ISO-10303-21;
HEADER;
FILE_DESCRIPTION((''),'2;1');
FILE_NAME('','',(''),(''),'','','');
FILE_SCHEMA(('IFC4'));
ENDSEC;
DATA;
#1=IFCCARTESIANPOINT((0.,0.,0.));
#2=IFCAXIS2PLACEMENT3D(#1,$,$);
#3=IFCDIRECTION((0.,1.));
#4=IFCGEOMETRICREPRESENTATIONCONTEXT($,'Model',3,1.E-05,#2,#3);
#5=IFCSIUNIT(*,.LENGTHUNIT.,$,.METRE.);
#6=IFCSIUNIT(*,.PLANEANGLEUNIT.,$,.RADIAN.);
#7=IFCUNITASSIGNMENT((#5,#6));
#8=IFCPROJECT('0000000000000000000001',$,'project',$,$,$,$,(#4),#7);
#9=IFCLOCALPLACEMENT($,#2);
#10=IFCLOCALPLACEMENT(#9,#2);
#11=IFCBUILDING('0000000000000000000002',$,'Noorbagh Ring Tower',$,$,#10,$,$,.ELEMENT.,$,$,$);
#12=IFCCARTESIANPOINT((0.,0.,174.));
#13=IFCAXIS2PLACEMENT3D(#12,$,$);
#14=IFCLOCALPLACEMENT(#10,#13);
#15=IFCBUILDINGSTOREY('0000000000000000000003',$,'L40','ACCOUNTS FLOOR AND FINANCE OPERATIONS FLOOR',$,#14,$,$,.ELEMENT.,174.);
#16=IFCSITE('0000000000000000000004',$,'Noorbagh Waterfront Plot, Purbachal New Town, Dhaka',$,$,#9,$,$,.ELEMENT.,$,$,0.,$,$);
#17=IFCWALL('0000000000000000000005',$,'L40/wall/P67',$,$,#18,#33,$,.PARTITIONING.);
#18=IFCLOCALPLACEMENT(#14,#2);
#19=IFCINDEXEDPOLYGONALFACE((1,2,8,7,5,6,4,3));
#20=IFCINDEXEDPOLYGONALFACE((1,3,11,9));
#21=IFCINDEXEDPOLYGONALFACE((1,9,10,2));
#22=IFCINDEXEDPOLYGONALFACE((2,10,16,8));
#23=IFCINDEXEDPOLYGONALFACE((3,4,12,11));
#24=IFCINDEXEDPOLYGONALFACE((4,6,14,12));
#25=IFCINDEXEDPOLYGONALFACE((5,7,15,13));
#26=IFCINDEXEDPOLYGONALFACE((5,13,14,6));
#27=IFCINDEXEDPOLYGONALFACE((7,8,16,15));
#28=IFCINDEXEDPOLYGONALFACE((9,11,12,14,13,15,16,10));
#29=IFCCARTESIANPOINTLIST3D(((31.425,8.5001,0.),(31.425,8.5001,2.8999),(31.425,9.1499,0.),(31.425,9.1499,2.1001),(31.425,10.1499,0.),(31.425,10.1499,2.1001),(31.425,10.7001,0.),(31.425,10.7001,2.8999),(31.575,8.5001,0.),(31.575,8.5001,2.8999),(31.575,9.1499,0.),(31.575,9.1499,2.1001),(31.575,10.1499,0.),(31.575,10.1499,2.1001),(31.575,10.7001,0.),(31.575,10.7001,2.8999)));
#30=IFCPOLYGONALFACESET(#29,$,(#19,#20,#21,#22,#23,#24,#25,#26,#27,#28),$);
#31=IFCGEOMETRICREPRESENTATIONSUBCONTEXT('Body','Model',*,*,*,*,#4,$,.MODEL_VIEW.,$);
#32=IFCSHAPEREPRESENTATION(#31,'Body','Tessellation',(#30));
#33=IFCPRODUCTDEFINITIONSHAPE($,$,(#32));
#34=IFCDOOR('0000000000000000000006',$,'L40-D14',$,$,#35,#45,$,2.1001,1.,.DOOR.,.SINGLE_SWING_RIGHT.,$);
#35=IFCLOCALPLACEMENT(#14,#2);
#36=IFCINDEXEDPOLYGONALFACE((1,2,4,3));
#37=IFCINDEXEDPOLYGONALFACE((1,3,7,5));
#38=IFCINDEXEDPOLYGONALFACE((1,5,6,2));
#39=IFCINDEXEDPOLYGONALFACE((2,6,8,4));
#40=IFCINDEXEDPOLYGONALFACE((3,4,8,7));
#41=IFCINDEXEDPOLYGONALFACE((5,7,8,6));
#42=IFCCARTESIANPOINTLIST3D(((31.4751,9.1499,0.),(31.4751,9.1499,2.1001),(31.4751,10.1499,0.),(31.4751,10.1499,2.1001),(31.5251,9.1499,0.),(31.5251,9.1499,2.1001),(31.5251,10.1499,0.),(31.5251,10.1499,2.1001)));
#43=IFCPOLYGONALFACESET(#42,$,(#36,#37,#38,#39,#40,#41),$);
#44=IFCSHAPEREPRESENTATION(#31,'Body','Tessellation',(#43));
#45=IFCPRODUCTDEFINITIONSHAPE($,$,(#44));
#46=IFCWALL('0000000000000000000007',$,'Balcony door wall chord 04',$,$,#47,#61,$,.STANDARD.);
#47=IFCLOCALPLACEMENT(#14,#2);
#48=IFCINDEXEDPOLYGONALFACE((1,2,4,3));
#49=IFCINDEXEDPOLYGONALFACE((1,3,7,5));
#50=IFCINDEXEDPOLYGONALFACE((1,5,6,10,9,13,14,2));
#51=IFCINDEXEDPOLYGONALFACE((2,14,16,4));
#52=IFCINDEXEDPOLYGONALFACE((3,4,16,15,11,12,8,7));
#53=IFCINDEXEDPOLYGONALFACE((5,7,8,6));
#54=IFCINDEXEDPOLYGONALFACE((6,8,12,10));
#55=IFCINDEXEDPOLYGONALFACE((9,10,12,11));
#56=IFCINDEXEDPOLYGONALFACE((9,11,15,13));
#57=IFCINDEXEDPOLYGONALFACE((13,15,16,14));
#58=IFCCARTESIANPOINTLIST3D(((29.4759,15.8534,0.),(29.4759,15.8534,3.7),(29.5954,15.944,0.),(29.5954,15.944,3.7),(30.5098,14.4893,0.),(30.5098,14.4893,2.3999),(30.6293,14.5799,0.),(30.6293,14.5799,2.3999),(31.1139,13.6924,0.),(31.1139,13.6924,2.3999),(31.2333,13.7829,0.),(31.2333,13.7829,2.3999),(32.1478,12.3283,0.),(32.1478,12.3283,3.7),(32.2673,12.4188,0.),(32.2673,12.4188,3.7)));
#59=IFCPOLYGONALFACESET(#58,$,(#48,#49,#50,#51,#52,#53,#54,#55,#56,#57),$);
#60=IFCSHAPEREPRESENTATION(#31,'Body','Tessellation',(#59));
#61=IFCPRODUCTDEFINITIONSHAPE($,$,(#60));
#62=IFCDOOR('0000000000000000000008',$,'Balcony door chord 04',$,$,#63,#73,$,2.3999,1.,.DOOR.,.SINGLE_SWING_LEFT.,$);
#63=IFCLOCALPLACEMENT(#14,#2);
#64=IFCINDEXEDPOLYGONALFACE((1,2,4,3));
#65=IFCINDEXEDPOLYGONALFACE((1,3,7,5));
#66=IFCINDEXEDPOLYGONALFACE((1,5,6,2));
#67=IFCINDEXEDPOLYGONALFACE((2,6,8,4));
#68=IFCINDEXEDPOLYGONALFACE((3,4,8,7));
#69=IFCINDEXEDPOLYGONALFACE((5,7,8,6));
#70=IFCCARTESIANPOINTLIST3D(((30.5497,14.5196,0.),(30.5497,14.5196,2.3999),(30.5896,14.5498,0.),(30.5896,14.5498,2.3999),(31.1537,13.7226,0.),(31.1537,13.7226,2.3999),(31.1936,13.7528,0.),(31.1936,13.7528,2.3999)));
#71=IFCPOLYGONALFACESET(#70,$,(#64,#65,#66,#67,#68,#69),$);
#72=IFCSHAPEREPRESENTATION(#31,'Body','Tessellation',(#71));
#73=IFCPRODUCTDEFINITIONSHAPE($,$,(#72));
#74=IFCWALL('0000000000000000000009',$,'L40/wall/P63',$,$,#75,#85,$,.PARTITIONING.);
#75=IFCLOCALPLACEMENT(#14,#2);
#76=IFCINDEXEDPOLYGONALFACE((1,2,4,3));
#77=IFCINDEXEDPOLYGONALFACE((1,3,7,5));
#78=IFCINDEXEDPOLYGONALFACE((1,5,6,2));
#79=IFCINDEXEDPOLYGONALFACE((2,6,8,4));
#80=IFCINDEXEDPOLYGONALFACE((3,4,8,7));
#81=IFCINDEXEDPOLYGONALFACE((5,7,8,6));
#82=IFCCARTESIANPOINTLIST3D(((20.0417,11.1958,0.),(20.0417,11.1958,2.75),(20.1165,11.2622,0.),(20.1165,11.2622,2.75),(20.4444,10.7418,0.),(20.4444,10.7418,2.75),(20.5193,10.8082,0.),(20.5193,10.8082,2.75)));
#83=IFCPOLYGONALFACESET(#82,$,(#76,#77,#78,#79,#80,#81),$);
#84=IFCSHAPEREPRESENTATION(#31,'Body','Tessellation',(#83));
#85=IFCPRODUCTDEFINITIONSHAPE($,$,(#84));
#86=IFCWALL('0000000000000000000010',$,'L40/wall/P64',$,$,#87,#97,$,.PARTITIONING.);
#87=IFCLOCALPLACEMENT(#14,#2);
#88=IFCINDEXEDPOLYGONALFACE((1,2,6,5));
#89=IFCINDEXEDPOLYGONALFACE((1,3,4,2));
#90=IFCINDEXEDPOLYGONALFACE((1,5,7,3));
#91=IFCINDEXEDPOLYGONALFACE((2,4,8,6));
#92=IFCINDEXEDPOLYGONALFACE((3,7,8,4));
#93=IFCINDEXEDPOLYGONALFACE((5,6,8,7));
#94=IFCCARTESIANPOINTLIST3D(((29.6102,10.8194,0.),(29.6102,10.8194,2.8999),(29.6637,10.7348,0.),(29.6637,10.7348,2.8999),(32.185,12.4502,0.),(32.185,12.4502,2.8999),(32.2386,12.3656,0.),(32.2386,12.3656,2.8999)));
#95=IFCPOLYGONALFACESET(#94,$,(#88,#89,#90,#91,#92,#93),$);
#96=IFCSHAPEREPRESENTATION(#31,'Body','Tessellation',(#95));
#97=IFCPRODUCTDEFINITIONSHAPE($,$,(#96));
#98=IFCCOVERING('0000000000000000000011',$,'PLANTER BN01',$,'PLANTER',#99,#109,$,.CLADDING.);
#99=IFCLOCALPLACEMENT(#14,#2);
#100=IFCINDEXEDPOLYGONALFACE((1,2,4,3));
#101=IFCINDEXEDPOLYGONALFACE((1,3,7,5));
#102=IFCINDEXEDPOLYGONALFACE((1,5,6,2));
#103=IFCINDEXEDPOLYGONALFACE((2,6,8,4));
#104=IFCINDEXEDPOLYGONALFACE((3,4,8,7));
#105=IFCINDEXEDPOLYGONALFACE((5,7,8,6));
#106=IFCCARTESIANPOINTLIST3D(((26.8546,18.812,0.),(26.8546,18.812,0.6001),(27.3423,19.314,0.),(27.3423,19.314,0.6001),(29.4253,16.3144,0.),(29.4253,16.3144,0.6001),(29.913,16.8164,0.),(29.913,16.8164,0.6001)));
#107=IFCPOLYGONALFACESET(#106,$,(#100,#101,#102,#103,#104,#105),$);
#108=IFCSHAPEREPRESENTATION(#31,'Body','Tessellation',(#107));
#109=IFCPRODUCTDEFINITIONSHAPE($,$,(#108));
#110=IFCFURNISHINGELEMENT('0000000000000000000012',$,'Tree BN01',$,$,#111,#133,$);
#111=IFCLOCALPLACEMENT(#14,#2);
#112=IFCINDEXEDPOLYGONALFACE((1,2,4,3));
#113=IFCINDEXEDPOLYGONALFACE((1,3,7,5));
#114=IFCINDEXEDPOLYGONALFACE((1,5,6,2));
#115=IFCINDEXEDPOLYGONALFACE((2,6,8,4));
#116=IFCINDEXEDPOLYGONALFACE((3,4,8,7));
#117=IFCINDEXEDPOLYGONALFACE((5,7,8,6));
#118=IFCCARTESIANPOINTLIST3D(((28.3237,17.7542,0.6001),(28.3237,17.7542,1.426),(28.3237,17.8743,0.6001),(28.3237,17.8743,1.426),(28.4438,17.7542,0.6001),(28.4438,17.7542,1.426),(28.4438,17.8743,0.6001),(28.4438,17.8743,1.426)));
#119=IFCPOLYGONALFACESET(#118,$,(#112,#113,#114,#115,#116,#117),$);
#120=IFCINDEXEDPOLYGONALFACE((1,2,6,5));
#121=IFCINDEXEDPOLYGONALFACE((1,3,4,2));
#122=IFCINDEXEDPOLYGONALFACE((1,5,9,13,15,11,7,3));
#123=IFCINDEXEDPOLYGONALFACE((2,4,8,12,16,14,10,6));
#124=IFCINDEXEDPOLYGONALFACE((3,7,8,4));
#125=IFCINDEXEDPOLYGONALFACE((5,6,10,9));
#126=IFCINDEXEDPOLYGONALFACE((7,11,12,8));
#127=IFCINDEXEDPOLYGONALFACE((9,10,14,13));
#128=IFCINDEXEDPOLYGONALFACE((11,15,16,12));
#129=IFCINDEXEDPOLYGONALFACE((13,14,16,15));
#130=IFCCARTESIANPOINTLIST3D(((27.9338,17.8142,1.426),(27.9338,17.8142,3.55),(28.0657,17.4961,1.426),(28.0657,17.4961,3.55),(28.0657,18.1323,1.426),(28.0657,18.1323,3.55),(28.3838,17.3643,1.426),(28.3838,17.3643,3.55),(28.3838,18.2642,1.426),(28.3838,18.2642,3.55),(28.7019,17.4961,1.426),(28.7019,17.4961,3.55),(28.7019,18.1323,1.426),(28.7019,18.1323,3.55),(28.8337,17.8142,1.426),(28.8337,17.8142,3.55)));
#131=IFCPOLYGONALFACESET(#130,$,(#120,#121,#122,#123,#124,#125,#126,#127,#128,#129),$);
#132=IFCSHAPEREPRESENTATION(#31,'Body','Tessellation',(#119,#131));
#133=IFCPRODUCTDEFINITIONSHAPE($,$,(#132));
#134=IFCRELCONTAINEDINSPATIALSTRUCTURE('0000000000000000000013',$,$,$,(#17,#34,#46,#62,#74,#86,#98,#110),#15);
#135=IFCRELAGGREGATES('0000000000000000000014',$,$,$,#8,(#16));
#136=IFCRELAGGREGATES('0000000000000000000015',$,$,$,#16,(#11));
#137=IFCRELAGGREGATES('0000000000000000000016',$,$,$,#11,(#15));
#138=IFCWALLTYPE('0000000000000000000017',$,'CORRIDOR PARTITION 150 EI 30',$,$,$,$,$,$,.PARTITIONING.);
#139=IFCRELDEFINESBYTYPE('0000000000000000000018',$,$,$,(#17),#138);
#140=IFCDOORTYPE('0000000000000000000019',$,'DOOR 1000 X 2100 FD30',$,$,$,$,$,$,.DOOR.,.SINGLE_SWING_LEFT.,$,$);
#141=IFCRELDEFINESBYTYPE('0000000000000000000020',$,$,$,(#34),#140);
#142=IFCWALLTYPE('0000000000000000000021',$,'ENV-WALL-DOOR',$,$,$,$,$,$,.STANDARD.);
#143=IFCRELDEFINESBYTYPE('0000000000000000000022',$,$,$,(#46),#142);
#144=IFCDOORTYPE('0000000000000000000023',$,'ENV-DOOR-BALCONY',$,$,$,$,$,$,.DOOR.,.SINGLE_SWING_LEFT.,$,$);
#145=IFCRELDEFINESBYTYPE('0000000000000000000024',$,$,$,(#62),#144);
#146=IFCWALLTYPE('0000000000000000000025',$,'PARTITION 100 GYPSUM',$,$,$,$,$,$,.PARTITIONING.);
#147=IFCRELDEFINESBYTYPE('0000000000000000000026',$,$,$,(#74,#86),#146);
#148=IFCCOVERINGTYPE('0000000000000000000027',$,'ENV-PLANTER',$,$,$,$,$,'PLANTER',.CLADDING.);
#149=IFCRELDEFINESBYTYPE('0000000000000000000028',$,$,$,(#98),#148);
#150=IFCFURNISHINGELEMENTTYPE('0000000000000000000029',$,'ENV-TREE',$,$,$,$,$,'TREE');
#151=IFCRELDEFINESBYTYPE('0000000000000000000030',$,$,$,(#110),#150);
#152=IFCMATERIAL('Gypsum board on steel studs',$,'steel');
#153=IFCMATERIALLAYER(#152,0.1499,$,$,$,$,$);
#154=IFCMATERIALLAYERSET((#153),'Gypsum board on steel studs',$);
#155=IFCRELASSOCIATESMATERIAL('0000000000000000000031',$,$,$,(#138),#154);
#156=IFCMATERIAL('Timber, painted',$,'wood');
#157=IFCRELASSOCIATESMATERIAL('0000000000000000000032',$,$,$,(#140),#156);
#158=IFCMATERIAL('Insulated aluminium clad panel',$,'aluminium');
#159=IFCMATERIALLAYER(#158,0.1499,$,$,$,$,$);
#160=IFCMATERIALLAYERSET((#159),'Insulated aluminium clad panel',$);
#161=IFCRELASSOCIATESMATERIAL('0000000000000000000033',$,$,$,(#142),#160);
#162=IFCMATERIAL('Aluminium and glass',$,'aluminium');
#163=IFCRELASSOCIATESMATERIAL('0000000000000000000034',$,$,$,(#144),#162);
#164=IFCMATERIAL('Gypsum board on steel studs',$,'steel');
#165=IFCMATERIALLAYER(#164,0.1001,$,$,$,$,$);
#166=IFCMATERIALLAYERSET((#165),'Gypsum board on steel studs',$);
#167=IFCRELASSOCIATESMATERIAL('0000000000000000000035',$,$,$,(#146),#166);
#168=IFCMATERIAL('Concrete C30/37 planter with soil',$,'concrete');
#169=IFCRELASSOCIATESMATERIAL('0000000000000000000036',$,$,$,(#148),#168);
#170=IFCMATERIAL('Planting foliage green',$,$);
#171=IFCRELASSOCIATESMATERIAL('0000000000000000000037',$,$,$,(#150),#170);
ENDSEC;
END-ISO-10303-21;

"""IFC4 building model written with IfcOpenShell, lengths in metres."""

from ifc_helpers import new_model, si_unit, direction, frame, frame_2d, origin, origin_2d, place, context, subcontext, project, spatial, polyline, rectangle, outline, extrude, material, layer, layer_set, type_object, element, fill, save


model = new_model("IFC4")

# Units and contexts
model_context = context("Model", 3, precision=1e-05, world=origin(), true_north=direction((0.0, 1.0)))
body_context = subcontext(model_context, "Body", "Model", "MODEL_VIEW")
ifc_project = project(units=[si_unit("LENGTHUNIT", "METRE"), si_unit("PLANEANGLEUNIT", "RADIAN")], contexts=[model_context])

# Site, building, storey
site_placement = place(None, origin())
site = spatial("IfcSite", under=ifc_project, at=site_placement, Name="Noorbagh Waterfront Plot, Purbachal New Town, Dhaka", CompositionType="ELEMENT", RefElevation=0.0)
building_placement = place(site_placement, origin())
building = spatial("IfcBuilding", under=site, at=building_placement, Name="Noorbagh Ring Tower", CompositionType="ELEMENT")
storey_placement = place(building_placement, frame((0.0, 0.0, 174.0)))
storey = spatial("IfcBuildingStorey", under=building, at=storey_placement, Name="L40", Description="ACCOUNTS FLOOR AND FINANCE OPERATIONS FLOOR", CompositionType="ELEMENT", Elevation=174.0)

# Walls, openings, doors
ifc_material_1 = material(Name="Gypsum board on steel studs", Category="steel")
ifc_layer_1 = layer(ifc_material_1, 0.1499)
ifc_layer_set_1 = layer_set([ifc_layer_1], Name="Gypsum board on steel studs")
wall_type_1 = type_object("IfcWallType", Name="CORRIDOR PARTITION 150 EI 30", PredefinedType="PARTITIONING", material=ifc_layer_set_1)
wall_1_placement = place(storey_placement, frame((31.5, 8.5, 0.0), z_axis=(0.0, 0.0, 1.0), x_axis=(0.0, 1.0, 0.0)))
wall_1 = element("IfcWall", 1, at=wall_1_placement, inside=storey, type_object=wall_type_1, Name="L40/wall/P67", PredefinedType="PARTITIONING", context=body_context, shape_type="SweptSolid", body=[
    extrude(rectangle(XDim=2.2, YDim=0.1499, at=frame_2d((1.1001, 0.0))), origin(), (0.0, 0.0, 1.0), 2.8999),
])
opening_1_placement = place(wall_1_placement, frame((0.6499, 0.0, 0.0)))
opening_1 = element("IfcOpeningElement", 2, at=opening_1_placement, cuts=wall_1, PredefinedType="OPENING", context=body_context, shape_type="SweptSolid", body=[
    extrude(rectangle(XDim=1.0, YDim=2.1001, at=frame_2d((0.5, 1.05))), frame((0.0, 0.085, 0.0), z_axis=(0.0, -1.0, 0.0), x_axis=(1.0, 0.0, 0.0)), (0.0, 0.0, 1.0), 0.1699),
])
ifc_material_2 = material(Name="Timber, painted", Category="wood")
door_type_1 = type_object("IfcDoorType", Name="DOOR 1000 X 2100 FD30", OperationType="SINGLE_SWING_LEFT", PredefinedType="DOOR", material=ifc_material_2)
door_1_placement = place(opening_1_placement, origin())
door_1 = element("IfcDoor", 3, at=door_1_placement, inside=storey, type_object=door_type_1, Name="L40-D14", OperationType="SINGLE_SWING_RIGHT", OverallHeight=2.1001, OverallWidth=1.0, PredefinedType="DOOR", context=body_context, shape_type="SweptSolid", body=[
    extrude(rectangle(XDim=1.0, YDim=2.1001, at=frame_2d((0.5, 1.05))), frame((0.0, 0.0249, 0.0), z_axis=(0.0, -1.0, 0.0), x_axis=(1.0, 0.0, 0.0)), (0.0, 0.0, 1.0), 0.05),
])
fill(opening_1, door_1)
ifc_material_3 = material(Name="Insulated aluminium clad panel", Category="aluminium")
ifc_layer_2 = layer(ifc_material_3, 0.1499)
ifc_layer_set_2 = layer_set([ifc_layer_2], Name="Insulated aluminium clad panel")
wall_type_2 = type_object("IfcWallType", Name="ENV-WALL-DOOR", PredefinedType="STANDARD", material=ifc_layer_set_2)
wall_2_placement = place(storey_placement, frame((32.2075, 12.3735, 0.0), z_axis=(0.0, 0.0, 1.0), x_axis=(-0.604046, 0.79695, 0.0)))
wall_2 = element("IfcWall", 4, at=wall_2_placement, inside=storey, type_object=wall_type_2, Name="Balcony door wall chord 04", PredefinedType="STANDARD", context=body_context, shape_type="SweptSolid", body=[
    extrude(rectangle(XDim=4.4233, YDim=0.1499, at=frame_2d((2.2117, 0.0))), origin(), (0.0, 0.0, 1.0), 3.7),
])
opening_2_placement = place(wall_2_placement, frame((1.7117, 0.0, 0.0)))
opening_2 = element("IfcOpeningElement", 5, at=opening_2_placement, cuts=wall_2, PredefinedType="OPENING", context=body_context, shape_type="SweptSolid", body=[
    extrude(rectangle(XDim=1.0, YDim=2.3999, at=frame_2d((0.5, 1.2))), frame((0.0, 0.085, 0.0), z_axis=(0.0, -1.0, 0.0), x_axis=(1.0, 0.0, 0.0)), (0.0, 0.0, 1.0), 0.1699),
])
ifc_material_4 = material(Name="Aluminium and glass", Category="aluminium")
door_type_2 = type_object("IfcDoorType", Name="ENV-DOOR-BALCONY", OperationType="SINGLE_SWING_LEFT", PredefinedType="DOOR", material=ifc_material_4)
door_2_placement = place(opening_2_placement, origin())
door_2 = element("IfcDoor", 6, at=door_2_placement, inside=storey, type_object=door_type_2, Name="Balcony door chord 04", OperationType="SINGLE_SWING_LEFT", OverallHeight=2.3999, OverallWidth=1.0, PredefinedType="DOOR", context=body_context, shape_type="SweptSolid", body=[
    extrude(rectangle(XDim=1.0, YDim=2.3999, at=frame_2d((0.5, 1.2))), frame((0.0, 0.0249, 0.0), z_axis=(0.0, -1.0, 0.0), x_axis=(1.0, 0.0, 0.0)), (0.0, 0.0, 1.0), 0.05),
])
fill(opening_2, door_2)

# Walls
ifc_material_5 = material(Name="Gypsum board on steel studs", Category="steel")
ifc_layer_3 = layer(ifc_material_5, 0.1001)
ifc_layer_set_3 = layer_set([ifc_layer_3], Name="Gypsum board on steel studs")
wall_type_3 = type_object("IfcWallType", Name="PARTITION 100 GYPSUM", PredefinedType="PARTITIONING", material=ifc_layer_set_3)
wall_3_placement = place(storey_placement, frame((20.0791, 11.229, 0.0), z_axis=(0.0, 0.0, 1.0), x_axis=(0.663615, -0.748075, 0.0)))
element("IfcWall", 7, at=wall_3_placement, inside=storey, type_object=wall_type_3, Name="L40/wall/P63", PredefinedType="PARTITIONING", context=body_context, shape_type="SweptSolid", body=[
    extrude(rectangle(XDim=0.6069, YDim=0.1001, at=frame_2d((0.3035, 0.0))), origin(), (0.0, 0.0, 1.0), 2.75),
])
wall_4_placement = place(storey_placement, frame((29.637, 10.7771, 0.0), z_axis=(0.0, 0.0, 1.0), x_axis=(0.844811, 0.535065, 0.0)))
element("IfcWall", 8, at=wall_4_placement, inside=storey, type_object=wall_type_3, Name="L40/wall/P64", PredefinedType="PARTITIONING", context=body_context, shape_type="SweptSolid", body=[
    extrude(rectangle(XDim=3.0479, YDim=0.1001, at=frame_2d((1.5239, 0.0))), origin(), (0.0, 0.0, 1.0), 2.8999),
])

# Covering
ifc_material_6 = material(Name="Concrete C30/37 planter with soil", Category="concrete")
covering_type = type_object("IfcCoveringType", Name="ENV-PLANTER", ElementType="PLANTER", PredefinedType="CLADDING", material=ifc_material_6)
covering_placement = place(storey_placement, frame((28.3838, 17.8142, 0.0), z_axis=(0.0, 0.0, 1.0), x_axis=(-0.717225, 0.696842, 0.0)))
element("IfcCovering", 9, at=covering_placement, inside=storey, type_object=covering_type, Name="PLANTER BN01", ObjectType="PLANTER", PredefinedType="CLADDING", context=body_context, shape_type="SweptSolid", body=[
    extrude(rectangle(XDim=3.5842, YDim=0.7, at=origin_2d()), origin(), (0.0, 0.0, 1.0), 0.6001),
])

# Furnishing element
ifc_material_7 = material(Name="Planting foliage green")
furnishing_element_type = type_object("IfcFurnishingElementType", Name="ENV-TREE", ElementType="TREE", material=ifc_material_7)
furnishing_placement = place(storey_placement, frame((28.3838, 17.8142, 0.6001), z_axis=(0.0, 0.0, 1.0), x_axis=(1.0, 0.0, 0.0)))
element("IfcFurnishingElement", 10, at=furnishing_placement, inside=storey, type_object=furnishing_element_type, Name="Tree BN01", context=body_context, shape_type="SweptSolid", body=[
    extrude(rectangle(XDim=0.1201, YDim=0.1201, at=origin_2d()), origin(), (0.0, 0.0, 1.0), 0.8259),
    extrude(outline(polyline([(0.45, 0.0), (0.3181, 0.3181), (0.0, 0.45), (-0.3181, 0.3181), (-0.45, 0.0), (-0.3181, -0.3181), (0.0, -0.45), (0.3181, -0.3181), (0.45, 0.0)])), frame((0.0, 0.0, 0.8259)), (0.0, 0.0, 1.0), 2.124),
])

save(model, "model.ifc")
